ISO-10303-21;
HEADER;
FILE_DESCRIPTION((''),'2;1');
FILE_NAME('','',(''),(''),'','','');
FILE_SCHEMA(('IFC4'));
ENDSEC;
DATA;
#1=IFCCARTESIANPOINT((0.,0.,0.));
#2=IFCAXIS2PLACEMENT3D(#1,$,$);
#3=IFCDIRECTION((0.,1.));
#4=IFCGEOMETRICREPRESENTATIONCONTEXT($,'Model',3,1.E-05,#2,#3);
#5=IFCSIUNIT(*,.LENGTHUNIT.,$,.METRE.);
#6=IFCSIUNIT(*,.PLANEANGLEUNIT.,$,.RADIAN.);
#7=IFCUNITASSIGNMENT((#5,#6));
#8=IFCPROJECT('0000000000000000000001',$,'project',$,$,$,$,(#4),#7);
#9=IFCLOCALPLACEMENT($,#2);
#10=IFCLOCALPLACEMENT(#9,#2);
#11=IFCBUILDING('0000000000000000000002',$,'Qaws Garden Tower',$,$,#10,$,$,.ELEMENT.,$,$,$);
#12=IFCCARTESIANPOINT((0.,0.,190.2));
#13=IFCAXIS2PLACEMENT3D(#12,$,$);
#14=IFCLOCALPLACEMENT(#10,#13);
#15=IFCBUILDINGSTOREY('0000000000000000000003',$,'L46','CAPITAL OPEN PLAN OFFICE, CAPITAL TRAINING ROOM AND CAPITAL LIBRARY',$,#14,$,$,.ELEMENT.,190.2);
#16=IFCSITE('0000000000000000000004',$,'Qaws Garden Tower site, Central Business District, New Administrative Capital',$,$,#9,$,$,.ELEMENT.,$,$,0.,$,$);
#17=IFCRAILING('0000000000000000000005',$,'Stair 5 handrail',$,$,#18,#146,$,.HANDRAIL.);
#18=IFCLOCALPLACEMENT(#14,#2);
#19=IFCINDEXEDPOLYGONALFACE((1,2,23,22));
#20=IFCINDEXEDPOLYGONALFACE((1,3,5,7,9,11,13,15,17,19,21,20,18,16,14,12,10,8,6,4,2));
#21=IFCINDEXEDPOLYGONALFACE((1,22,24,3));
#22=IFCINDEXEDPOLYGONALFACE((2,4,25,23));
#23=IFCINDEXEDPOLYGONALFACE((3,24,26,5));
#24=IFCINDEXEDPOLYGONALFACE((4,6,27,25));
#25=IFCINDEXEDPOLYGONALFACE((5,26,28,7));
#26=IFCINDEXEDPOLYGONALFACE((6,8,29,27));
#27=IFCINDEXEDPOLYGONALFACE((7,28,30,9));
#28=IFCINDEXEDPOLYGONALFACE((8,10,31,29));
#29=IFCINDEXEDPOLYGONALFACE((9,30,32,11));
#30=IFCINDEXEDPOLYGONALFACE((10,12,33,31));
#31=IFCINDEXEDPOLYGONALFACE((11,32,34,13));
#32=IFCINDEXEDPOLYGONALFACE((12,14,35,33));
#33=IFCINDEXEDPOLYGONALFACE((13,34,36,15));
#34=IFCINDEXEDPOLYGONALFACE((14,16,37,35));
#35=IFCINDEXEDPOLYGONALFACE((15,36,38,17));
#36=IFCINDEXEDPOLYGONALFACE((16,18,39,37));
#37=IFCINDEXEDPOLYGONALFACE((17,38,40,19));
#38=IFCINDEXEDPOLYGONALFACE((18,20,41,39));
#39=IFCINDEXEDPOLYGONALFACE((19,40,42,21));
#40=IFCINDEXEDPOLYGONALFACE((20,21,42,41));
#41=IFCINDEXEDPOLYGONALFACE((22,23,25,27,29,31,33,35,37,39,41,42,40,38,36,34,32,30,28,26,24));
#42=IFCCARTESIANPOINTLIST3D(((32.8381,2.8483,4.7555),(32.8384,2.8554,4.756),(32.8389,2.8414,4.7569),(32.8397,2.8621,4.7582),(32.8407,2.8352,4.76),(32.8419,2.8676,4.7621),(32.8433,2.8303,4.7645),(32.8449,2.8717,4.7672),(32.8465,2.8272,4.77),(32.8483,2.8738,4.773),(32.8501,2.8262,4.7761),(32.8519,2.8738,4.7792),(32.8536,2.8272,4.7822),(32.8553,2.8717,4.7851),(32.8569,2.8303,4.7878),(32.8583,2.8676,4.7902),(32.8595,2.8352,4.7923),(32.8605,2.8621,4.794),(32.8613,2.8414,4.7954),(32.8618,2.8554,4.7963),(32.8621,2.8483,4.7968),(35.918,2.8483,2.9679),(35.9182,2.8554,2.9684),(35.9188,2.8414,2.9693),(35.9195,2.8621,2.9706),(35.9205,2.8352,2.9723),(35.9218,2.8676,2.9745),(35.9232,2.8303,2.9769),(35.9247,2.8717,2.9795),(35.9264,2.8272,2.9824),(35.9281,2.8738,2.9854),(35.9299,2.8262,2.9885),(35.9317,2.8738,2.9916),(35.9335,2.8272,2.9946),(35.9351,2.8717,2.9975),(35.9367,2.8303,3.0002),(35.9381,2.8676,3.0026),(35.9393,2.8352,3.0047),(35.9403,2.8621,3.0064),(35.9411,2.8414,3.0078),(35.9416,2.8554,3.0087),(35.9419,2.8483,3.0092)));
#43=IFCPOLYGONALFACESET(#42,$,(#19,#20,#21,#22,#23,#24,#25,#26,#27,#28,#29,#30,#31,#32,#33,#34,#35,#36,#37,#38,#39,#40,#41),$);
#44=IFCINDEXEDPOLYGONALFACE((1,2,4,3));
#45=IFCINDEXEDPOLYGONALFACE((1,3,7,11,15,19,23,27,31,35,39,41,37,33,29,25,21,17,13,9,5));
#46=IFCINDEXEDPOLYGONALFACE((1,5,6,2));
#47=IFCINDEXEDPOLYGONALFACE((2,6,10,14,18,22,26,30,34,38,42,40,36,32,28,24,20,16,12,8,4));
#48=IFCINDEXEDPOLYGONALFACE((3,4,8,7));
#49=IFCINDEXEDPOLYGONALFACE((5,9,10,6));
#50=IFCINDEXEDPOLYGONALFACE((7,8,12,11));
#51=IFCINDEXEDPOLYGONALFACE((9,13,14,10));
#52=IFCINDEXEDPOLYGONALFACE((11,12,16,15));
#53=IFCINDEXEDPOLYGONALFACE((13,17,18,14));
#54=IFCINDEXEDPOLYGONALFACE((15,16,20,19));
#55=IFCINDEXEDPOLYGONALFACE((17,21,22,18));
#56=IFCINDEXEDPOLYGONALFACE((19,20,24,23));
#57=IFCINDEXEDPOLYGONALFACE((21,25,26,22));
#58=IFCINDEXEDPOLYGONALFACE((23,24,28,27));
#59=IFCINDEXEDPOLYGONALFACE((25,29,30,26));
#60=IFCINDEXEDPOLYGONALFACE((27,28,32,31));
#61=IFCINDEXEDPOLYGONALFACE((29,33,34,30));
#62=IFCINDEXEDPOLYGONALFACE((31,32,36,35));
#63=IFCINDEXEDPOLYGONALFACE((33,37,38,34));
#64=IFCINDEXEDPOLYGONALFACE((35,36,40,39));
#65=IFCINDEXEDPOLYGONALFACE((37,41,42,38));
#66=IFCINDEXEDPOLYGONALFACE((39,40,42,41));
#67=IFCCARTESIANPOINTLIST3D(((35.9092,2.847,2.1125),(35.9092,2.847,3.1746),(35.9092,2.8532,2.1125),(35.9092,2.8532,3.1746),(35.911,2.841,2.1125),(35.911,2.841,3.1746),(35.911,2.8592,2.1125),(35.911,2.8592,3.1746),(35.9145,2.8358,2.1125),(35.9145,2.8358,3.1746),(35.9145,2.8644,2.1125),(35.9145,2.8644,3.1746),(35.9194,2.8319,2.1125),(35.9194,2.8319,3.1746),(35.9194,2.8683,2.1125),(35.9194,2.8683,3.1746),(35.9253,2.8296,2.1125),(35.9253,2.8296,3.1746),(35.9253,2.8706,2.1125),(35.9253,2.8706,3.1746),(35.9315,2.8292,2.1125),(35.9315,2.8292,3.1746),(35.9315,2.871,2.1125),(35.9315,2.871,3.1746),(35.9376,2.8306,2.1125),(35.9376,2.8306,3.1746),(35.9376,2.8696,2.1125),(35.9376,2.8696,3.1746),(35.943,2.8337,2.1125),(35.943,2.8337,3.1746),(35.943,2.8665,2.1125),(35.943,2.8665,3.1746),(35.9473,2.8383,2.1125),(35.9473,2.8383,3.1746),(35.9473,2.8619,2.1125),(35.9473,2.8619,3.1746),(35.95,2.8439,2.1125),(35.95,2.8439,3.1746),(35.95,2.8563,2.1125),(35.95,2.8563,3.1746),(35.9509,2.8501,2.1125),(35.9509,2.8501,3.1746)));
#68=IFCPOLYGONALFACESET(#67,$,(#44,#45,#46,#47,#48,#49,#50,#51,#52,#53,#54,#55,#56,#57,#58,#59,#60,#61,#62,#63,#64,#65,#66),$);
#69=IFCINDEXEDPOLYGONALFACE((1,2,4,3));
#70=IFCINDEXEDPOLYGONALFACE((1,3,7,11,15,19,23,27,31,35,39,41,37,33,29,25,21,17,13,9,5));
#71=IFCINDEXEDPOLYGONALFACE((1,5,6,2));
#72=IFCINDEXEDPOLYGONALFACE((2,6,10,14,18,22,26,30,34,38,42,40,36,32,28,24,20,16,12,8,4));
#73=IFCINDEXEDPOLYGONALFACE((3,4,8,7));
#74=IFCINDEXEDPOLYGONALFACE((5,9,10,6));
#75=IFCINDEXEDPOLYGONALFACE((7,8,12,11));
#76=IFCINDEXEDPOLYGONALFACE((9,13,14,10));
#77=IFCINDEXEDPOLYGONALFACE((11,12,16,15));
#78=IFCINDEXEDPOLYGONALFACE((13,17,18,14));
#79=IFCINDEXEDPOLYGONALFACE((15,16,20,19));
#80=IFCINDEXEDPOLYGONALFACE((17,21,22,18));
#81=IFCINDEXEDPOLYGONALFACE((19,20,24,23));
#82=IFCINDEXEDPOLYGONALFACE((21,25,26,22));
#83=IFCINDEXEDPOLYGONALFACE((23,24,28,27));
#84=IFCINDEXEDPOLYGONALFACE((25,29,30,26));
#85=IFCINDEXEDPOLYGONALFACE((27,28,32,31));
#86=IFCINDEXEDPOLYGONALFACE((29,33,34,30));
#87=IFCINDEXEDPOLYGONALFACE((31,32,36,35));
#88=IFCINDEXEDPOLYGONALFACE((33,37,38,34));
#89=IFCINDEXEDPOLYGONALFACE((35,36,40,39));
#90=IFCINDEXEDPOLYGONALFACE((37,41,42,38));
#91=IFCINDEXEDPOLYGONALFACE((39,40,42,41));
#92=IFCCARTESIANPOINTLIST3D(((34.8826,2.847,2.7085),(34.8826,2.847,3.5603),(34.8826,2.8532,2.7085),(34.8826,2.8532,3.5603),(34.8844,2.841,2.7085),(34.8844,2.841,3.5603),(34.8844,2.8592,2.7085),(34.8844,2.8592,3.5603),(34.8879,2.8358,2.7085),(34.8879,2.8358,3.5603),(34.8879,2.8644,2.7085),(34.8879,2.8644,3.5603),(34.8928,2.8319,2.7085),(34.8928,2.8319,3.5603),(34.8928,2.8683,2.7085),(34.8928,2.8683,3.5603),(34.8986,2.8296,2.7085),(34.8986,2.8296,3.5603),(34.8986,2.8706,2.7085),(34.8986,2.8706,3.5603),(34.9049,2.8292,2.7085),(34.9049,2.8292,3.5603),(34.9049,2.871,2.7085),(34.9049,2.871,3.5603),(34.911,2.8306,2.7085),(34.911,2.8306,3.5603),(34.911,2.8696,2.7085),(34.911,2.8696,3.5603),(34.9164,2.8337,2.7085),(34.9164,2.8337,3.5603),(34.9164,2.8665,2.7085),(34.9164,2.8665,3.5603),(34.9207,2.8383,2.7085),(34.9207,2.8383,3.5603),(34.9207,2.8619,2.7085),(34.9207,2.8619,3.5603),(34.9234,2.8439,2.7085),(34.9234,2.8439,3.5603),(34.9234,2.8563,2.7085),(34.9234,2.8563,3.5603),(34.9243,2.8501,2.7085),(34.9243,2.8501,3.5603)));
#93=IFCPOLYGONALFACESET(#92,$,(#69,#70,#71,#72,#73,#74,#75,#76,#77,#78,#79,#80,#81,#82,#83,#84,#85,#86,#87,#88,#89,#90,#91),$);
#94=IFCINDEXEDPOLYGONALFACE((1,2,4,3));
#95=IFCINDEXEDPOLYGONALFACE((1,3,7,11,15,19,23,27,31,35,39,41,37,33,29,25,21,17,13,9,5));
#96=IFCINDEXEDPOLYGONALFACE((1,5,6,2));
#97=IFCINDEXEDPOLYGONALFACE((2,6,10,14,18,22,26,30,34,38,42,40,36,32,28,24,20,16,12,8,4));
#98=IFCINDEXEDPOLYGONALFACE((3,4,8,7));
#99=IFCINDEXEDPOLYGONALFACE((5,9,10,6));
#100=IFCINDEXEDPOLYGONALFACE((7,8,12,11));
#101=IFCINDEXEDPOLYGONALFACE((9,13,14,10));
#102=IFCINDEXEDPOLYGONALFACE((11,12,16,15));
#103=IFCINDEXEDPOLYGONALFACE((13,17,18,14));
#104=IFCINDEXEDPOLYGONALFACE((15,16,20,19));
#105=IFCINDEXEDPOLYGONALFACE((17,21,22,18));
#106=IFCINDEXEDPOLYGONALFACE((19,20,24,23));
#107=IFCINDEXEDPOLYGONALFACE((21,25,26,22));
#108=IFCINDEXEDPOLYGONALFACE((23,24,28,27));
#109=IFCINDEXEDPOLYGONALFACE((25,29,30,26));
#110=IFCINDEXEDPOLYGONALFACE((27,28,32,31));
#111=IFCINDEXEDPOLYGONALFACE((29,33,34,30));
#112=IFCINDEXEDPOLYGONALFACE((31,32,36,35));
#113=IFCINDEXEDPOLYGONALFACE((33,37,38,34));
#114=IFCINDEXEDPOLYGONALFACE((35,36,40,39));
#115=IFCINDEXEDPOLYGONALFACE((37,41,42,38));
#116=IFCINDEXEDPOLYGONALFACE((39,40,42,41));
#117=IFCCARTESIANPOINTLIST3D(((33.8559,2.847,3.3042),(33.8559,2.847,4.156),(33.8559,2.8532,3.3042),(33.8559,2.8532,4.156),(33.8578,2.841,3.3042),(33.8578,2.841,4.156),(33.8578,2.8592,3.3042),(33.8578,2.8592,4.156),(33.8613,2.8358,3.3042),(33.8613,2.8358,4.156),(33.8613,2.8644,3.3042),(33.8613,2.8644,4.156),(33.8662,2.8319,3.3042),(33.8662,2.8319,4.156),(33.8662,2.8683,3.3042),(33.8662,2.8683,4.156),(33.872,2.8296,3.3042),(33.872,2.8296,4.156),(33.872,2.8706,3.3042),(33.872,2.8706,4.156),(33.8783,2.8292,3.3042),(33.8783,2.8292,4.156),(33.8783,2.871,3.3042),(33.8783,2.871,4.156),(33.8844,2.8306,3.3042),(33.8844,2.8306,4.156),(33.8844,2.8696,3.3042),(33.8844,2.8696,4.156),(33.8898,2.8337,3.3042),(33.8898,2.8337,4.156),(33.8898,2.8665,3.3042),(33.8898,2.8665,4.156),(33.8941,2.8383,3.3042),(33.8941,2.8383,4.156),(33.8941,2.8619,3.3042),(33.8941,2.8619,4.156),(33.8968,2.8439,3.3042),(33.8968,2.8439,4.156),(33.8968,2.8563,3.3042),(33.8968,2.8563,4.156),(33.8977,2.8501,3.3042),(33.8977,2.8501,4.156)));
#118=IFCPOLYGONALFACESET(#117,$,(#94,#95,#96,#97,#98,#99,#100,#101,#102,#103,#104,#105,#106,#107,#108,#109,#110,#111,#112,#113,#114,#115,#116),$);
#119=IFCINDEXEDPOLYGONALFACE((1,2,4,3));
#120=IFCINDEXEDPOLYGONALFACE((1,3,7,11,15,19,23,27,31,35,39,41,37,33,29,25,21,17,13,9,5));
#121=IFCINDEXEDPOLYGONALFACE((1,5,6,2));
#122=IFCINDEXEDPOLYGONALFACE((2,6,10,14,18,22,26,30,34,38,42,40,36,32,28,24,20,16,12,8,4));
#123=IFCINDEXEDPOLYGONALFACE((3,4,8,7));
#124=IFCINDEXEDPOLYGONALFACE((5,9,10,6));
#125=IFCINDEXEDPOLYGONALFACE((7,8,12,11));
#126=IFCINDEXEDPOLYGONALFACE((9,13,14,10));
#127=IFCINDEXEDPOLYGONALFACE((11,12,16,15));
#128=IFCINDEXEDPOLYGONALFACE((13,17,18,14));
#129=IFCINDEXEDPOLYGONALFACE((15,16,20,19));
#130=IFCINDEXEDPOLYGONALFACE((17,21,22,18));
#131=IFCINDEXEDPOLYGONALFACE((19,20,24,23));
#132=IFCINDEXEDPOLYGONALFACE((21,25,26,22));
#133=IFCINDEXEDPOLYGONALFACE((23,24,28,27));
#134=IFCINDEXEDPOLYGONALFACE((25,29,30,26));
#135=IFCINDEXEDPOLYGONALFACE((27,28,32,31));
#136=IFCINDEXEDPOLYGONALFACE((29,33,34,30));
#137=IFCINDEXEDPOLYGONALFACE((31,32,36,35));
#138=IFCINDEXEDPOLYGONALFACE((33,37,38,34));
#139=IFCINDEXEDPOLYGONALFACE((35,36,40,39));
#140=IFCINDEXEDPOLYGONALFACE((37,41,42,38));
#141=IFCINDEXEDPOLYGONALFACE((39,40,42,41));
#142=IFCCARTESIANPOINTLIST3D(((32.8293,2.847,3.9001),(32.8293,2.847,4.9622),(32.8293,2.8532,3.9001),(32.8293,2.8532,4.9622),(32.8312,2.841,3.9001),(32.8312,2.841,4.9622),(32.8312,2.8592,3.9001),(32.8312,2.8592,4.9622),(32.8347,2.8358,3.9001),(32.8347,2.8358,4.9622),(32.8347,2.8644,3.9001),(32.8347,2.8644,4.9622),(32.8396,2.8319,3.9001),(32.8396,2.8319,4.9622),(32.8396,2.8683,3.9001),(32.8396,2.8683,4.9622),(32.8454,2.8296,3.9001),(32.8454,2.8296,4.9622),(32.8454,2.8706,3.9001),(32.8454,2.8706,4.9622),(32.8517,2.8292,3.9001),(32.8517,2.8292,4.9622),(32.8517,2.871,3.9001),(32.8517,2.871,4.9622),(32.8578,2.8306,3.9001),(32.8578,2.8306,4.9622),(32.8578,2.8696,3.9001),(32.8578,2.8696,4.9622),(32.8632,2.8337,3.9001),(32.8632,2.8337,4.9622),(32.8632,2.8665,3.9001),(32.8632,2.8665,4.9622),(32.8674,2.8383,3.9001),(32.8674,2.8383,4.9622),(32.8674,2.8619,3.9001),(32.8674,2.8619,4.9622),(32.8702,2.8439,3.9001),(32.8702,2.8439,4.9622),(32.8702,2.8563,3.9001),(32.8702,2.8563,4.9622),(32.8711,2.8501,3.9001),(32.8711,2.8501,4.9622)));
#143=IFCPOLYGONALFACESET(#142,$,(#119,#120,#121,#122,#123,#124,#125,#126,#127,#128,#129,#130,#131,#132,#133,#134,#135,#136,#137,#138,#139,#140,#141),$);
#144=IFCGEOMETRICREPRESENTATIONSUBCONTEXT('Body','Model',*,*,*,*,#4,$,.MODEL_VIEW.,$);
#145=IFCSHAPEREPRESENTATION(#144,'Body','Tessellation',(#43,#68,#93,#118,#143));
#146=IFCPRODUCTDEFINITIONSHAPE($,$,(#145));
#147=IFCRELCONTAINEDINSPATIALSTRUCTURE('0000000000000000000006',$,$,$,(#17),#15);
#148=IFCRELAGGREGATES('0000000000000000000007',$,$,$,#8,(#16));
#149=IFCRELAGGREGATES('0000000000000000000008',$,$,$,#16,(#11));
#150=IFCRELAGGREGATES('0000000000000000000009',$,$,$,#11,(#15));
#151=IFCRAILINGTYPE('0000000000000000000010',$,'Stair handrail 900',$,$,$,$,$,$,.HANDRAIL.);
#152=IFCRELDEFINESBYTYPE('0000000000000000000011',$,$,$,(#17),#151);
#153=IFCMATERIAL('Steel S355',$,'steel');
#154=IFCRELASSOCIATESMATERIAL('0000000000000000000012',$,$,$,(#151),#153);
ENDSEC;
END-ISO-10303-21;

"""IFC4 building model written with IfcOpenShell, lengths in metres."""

from ifc_helpers import new_model, si_unit, direction, frame, origin, origin_2d, place, context, subcontext, project, spatial, circle, extrude, material, type_object, element, save


model = new_model("IFC4")

# Units and contexts
model_context = context("Model", 3, precision=1e-05, world=origin(), true_north=direction((0.0, 1.0)))
body_context = subcontext(model_context, "Body", "Model", "MODEL_VIEW")
ifc_project = project(units=[si_unit("LENGTHUNIT", "METRE"), si_unit("PLANEANGLEUNIT", "RADIAN")], contexts=[model_context])

# Site, building, storey
site_placement = place(None, origin())
site = spatial("IfcSite", under=ifc_project, at=site_placement, Name="Qaws Garden Tower site, Central Business District, New Administrative Capital", CompositionType="ELEMENT", RefElevation=0.0)
building_placement = place(site_placement, origin())
building = spatial("IfcBuilding", under=site, at=building_placement, Name="Qaws Garden Tower", CompositionType="ELEMENT")
storey_placement = place(building_placement, frame((0.0, 0.0, 190.2)))
storey = spatial("IfcBuildingStorey", under=building, at=storey_placement, Name="L46", Description="CAPITAL OPEN PLAN OFFICE, CAPITAL TRAINING ROOM AND CAPITAL LIBRARY", CompositionType="ELEMENT", Elevation=190.2)

# Railing
ifc_material_1 = material(Name="Steel S355", Category="steel")
railing_type = type_object("IfcRailingType", Name="Stair handrail 900", PredefinedType="HANDRAIL", material=ifc_material_1)
railing_1_placement = place(storey_placement, frame((35.9299, 2.8501, 2.1125)))
element("IfcRailing", 1, at=railing_1_placement, inside=storey, type_object=railing_type, Name="Stair 5 handrail", PredefinedType="HANDRAIL", context=body_context, shape_type="SweptSolid", body=[
    extrude(circle(Radius=0.0239, at=origin_2d()), frame((0.0, 0.0, 0.876), z_axis=(-0.864873, 0.0, 0.50199), x_axis=(0.0, -1.0, 0.0)), (0.0, 0.0, 1.0), 3.561),
    extrude(circle(Radius=0.021, at=origin_2d()), origin(), (0.0, 0.0, 1.0), 1.062),
    extrude(circle(Radius=0.021, at=origin_2d()), frame((-1.0266, 0.0, 0.5959)), (0.0, 0.0, 1.0), 0.8518),
    extrude(circle(Radius=0.021, at=origin_2d()), frame((-2.0532, 0.0, 1.1917)), (0.0, 0.0, 1.0), 0.8518),
    extrude(circle(Radius=0.021, at=origin_2d()), frame((-3.0798, 0.0, 1.7876)), (0.0, 0.0, 1.0), 1.062),
])

save(model, "model.ifc")
